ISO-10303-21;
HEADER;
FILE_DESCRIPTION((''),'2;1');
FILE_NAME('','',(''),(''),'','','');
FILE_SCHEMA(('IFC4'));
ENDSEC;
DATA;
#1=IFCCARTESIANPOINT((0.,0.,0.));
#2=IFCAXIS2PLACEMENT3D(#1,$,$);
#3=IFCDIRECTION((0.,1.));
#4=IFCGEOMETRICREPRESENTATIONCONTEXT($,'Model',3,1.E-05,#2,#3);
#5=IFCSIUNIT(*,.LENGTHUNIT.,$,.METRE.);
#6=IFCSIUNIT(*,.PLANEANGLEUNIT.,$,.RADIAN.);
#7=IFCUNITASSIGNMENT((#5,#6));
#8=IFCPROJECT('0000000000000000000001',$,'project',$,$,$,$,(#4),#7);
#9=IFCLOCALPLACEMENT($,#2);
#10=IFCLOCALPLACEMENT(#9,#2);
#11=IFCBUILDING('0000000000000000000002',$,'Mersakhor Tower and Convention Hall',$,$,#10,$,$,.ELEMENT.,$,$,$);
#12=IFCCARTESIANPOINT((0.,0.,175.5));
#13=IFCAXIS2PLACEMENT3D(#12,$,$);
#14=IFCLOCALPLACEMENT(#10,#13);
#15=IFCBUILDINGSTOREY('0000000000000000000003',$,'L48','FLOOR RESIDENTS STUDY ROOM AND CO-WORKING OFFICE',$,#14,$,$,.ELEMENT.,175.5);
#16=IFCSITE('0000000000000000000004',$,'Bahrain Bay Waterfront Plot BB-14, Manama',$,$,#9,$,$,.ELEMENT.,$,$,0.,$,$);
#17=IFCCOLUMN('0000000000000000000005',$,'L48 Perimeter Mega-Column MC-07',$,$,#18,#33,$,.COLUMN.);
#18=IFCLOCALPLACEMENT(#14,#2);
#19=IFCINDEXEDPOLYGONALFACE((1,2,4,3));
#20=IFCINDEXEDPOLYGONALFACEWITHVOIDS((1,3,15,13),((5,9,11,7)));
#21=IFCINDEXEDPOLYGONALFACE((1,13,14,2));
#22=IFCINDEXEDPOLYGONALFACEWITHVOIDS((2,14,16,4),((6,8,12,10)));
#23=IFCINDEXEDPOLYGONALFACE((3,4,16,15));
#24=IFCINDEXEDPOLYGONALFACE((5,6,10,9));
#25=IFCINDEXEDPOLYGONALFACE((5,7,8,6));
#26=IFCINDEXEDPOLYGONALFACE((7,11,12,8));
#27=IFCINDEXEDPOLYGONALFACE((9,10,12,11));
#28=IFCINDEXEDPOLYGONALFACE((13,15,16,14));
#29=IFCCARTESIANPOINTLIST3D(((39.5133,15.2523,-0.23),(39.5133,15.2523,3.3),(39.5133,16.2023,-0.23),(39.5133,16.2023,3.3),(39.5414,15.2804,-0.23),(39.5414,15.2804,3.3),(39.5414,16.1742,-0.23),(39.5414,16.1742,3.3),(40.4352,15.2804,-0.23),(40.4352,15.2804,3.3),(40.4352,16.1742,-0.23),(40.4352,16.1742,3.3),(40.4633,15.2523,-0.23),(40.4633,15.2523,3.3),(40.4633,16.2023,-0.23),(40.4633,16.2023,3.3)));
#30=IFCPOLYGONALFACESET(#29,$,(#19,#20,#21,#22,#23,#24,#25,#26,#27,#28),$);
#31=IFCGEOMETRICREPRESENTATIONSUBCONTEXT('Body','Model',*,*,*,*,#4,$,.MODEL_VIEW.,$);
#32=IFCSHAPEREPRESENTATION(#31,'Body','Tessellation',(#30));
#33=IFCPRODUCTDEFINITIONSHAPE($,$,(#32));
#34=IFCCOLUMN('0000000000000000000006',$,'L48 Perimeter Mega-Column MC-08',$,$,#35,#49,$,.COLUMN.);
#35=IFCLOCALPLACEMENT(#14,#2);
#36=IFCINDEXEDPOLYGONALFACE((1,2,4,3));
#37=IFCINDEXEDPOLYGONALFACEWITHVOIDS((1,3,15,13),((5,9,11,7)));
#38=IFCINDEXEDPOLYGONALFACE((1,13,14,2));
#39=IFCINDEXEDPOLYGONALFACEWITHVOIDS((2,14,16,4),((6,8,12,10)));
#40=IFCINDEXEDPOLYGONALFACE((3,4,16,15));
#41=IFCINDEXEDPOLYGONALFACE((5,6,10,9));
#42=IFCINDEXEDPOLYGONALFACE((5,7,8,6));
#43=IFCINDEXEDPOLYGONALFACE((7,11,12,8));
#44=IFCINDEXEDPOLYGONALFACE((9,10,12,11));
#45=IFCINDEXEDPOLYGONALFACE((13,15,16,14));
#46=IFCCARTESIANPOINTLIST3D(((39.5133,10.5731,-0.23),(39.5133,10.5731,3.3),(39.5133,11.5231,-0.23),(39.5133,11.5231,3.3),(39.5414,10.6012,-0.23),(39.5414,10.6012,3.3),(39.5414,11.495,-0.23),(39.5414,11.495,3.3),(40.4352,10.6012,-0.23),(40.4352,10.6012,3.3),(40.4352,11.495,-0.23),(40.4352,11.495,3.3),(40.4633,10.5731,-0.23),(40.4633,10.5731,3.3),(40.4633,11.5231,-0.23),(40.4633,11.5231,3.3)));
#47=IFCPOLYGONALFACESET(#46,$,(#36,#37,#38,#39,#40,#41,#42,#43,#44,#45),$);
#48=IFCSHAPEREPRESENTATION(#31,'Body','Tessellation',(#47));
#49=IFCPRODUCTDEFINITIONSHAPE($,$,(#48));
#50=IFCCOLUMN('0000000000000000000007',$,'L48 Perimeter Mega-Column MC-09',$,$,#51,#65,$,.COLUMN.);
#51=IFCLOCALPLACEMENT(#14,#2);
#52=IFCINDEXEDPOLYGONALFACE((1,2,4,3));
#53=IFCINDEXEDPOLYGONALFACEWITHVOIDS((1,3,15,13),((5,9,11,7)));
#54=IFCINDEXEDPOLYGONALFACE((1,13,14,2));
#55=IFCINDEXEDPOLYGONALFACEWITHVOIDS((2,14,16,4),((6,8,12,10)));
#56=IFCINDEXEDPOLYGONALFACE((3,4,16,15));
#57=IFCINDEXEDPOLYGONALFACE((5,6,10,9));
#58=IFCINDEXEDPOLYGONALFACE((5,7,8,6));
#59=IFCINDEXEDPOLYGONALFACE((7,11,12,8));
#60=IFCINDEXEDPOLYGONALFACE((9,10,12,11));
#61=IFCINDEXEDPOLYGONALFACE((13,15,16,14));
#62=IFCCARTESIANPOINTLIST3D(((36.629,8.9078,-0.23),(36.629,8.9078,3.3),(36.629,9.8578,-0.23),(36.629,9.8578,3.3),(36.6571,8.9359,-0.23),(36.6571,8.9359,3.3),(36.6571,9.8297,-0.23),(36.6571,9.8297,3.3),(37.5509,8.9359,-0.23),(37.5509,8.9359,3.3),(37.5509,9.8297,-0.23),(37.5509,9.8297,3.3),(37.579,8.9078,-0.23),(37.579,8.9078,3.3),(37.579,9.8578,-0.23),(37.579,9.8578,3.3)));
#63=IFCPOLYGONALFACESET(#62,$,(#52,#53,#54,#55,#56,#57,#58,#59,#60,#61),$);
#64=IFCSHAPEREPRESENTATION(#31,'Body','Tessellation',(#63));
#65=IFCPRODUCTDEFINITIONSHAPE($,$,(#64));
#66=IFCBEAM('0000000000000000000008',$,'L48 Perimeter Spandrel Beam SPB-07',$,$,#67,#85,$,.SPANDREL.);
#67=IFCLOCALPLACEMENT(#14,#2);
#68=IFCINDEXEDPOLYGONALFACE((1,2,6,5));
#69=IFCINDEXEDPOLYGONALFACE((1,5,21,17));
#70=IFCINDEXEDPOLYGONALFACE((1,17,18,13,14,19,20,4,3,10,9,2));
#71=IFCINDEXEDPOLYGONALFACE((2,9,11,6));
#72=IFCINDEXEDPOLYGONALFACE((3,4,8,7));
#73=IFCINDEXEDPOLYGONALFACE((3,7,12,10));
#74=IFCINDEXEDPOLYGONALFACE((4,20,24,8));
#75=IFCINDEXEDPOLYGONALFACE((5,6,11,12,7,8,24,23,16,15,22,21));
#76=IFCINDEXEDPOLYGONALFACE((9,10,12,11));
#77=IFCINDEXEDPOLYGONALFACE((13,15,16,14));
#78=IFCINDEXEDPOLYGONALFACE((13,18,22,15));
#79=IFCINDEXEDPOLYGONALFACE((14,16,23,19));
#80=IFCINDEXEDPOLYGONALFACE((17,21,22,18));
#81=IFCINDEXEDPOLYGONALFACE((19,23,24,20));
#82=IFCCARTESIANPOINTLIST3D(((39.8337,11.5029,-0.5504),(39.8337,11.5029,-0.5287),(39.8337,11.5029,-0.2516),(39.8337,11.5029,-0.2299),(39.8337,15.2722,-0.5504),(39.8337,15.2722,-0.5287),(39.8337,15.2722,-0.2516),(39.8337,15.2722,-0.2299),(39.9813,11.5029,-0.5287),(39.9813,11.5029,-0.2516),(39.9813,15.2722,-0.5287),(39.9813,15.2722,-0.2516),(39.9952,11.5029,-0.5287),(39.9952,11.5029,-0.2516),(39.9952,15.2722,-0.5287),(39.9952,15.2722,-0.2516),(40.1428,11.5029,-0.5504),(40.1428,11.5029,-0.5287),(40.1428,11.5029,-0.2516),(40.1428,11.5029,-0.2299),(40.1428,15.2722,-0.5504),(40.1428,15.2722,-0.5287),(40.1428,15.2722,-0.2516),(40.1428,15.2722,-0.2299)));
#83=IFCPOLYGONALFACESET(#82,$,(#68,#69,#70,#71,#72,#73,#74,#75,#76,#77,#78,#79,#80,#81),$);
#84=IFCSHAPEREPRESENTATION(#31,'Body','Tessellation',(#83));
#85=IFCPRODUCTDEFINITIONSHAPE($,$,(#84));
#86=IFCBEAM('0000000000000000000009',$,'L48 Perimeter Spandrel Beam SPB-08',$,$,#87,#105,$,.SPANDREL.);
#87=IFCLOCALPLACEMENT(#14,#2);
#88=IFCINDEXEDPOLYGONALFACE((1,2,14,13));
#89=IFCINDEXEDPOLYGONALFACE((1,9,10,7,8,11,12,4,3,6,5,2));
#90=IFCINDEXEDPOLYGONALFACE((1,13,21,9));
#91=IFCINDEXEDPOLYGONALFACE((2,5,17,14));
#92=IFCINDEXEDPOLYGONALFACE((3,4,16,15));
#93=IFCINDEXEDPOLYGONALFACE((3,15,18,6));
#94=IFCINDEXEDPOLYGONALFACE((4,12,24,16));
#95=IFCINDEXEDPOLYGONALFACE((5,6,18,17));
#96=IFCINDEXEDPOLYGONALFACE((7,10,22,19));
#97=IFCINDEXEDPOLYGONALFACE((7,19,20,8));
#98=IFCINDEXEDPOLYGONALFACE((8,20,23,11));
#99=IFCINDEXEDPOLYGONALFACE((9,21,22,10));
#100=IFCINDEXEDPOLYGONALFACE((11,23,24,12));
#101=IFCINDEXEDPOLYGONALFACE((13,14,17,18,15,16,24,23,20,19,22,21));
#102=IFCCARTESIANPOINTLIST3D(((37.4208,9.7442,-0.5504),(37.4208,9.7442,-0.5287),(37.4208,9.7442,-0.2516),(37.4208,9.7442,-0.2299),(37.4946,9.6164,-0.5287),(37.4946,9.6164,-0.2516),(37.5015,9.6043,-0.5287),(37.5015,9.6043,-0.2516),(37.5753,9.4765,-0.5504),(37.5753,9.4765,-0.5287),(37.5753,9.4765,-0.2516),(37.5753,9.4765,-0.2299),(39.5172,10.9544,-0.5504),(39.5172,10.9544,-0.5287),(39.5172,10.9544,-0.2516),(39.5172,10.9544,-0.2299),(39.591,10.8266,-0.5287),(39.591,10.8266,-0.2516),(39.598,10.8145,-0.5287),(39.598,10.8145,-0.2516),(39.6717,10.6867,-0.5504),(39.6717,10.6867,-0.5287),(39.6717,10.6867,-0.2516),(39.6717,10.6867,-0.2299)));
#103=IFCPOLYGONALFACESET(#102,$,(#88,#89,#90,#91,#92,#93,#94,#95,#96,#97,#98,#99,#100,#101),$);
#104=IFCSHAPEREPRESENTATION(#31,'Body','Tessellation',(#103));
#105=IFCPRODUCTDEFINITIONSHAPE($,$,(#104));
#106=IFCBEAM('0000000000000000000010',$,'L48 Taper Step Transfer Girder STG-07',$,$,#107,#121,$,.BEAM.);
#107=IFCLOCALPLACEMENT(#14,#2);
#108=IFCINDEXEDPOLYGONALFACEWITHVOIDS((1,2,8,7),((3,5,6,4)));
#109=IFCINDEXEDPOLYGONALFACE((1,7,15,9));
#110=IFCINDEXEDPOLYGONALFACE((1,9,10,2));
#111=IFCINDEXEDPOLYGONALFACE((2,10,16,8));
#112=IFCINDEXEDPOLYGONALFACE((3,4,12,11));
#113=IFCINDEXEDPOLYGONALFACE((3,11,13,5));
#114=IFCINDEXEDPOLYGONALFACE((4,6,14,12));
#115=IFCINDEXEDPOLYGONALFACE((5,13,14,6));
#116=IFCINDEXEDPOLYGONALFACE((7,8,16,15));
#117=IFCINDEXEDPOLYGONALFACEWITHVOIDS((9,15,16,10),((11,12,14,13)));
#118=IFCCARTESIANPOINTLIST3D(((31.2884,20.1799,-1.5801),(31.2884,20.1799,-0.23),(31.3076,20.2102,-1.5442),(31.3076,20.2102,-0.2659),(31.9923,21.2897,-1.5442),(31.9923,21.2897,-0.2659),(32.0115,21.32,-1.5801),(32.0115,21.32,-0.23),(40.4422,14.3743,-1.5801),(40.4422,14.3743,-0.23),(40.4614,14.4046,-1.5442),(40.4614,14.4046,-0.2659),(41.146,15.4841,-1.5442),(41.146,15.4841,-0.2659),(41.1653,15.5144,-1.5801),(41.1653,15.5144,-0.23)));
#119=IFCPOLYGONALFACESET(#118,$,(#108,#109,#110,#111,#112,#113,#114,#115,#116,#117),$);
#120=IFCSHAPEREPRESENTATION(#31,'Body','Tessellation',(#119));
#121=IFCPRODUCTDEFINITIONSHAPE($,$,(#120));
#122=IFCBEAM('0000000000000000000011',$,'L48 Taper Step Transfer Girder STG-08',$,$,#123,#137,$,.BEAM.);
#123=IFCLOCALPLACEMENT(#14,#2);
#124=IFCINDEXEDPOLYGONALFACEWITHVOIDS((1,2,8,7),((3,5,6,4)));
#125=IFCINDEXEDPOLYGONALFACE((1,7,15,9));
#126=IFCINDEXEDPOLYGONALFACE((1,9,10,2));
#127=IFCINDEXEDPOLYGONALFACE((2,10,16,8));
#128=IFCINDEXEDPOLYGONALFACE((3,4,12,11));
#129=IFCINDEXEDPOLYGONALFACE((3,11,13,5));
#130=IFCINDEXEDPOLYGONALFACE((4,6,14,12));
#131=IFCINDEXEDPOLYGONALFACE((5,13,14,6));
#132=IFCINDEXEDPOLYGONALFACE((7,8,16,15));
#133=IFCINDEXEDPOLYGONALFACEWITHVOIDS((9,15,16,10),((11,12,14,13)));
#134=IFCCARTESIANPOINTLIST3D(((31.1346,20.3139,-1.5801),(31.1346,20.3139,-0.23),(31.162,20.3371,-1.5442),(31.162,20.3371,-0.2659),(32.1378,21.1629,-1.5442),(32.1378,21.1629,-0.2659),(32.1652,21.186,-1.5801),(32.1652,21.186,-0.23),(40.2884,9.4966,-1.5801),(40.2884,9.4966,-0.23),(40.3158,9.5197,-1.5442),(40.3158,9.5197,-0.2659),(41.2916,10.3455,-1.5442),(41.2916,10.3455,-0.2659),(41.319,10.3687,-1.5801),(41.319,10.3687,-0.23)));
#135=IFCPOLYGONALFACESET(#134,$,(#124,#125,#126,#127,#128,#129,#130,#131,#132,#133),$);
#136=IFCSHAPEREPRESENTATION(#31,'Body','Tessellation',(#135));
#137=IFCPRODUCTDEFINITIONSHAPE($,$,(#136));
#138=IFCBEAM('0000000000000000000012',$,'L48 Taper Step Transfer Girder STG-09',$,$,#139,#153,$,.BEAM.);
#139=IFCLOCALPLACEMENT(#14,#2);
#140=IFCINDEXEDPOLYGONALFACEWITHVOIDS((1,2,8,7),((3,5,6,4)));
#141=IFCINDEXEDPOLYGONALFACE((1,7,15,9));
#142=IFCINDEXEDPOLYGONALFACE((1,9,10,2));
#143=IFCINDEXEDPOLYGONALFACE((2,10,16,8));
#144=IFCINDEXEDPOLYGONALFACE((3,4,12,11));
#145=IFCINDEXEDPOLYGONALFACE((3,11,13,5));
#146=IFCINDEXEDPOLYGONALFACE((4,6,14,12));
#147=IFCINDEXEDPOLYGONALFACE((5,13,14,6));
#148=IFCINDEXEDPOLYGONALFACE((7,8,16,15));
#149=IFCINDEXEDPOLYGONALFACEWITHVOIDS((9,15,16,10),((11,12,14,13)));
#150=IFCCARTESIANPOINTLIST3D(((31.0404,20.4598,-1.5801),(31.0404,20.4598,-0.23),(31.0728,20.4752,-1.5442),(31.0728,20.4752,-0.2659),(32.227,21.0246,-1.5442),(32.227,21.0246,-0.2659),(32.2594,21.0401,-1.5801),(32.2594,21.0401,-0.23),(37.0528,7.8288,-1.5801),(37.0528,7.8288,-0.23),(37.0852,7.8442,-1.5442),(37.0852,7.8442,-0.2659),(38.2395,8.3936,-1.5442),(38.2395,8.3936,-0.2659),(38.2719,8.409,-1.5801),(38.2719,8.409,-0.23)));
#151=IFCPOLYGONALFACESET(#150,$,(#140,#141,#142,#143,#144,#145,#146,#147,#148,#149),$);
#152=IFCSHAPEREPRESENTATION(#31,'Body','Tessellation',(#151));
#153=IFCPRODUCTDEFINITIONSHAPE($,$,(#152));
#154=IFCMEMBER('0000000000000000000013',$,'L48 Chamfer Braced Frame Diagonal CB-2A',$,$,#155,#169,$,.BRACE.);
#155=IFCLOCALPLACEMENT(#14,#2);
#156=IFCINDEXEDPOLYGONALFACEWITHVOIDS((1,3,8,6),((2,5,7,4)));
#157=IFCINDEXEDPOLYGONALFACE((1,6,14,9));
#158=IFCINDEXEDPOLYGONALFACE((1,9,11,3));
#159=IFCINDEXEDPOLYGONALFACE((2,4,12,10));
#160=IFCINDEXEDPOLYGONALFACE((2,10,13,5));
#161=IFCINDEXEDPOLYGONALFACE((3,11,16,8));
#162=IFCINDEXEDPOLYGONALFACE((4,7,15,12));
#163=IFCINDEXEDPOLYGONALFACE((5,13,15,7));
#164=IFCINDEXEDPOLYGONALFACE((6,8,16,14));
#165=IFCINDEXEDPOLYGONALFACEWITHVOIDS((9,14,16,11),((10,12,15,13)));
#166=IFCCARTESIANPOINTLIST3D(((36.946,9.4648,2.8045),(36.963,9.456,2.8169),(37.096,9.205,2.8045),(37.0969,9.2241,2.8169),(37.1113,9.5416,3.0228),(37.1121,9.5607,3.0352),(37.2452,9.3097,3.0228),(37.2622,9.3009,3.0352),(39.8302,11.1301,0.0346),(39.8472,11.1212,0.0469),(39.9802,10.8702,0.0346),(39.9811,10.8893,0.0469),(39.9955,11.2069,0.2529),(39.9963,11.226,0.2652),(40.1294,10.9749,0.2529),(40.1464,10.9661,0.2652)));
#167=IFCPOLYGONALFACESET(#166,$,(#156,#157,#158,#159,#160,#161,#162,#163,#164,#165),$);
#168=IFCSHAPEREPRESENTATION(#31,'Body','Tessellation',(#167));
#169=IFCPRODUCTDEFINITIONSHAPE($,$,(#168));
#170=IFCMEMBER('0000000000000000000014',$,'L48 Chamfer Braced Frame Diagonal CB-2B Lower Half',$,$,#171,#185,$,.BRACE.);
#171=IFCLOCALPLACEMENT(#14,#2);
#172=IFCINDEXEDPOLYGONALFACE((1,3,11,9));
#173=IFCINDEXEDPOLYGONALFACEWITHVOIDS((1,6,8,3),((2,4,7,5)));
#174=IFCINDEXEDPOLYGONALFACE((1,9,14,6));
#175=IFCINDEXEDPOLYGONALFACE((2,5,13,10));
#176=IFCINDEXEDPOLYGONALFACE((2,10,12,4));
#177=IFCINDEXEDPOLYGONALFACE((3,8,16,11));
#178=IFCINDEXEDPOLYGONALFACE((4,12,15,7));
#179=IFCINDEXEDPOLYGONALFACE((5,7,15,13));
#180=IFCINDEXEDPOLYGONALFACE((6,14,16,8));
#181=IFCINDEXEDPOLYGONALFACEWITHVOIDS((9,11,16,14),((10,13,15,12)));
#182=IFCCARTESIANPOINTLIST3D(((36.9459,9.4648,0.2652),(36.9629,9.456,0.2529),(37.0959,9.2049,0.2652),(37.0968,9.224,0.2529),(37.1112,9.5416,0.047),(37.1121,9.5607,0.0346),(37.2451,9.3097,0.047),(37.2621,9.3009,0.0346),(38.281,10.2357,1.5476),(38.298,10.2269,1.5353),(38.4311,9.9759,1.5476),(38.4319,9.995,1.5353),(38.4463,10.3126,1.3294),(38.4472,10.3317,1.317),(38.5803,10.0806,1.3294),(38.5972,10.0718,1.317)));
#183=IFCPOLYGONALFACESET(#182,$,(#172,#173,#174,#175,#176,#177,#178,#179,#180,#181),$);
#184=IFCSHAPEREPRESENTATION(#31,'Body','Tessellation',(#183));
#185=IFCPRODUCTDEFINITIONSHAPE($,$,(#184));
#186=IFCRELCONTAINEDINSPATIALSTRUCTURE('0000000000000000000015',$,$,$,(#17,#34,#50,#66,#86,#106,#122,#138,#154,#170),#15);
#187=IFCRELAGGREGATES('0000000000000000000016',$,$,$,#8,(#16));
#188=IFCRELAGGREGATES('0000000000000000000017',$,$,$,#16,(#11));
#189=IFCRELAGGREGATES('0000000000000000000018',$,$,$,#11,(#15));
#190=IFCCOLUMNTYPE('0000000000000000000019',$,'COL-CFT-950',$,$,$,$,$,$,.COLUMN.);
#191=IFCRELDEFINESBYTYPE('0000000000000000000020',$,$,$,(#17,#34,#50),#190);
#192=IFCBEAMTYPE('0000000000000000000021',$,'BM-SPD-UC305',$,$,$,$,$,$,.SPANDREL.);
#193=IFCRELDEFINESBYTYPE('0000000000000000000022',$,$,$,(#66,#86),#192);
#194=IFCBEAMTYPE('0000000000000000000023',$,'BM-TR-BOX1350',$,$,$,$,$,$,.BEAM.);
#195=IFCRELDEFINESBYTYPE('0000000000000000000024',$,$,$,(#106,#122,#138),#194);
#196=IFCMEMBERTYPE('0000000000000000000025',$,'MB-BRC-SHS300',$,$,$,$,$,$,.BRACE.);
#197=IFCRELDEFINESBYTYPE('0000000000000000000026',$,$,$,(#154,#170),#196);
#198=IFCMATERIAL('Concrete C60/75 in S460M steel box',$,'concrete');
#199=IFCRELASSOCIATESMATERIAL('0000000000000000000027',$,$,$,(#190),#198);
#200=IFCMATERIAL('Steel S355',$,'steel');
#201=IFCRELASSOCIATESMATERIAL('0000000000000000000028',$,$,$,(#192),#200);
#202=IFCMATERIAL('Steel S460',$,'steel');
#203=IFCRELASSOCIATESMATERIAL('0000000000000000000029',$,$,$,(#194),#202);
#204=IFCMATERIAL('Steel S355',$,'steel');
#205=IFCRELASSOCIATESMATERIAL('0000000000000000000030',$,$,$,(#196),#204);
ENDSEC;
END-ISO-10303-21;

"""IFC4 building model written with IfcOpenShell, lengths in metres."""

from ifc_helpers import new_model, si_unit, direction, frame, origin, origin_2d, place, context, subcontext, project, spatial, hollow_rectangle, i_section, extrude, material, material_profile, profile_set, type_object, element, save


model = new_model("IFC4")

# Units and contexts
model_context = context("Model", 3, precision=1e-05, world=origin(), true_north=direction((0.0, 1.0)))
body_context = subcontext(model_context, "Body", "Model", "MODEL_VIEW")
ifc_project = project(units=[si_unit("LENGTHUNIT", "METRE"), si_unit("PLANEANGLEUNIT", "RADIAN")], contexts=[model_context])

# Site, building, storey
site_placement = place(None, origin())
site = spatial("IfcSite", under=ifc_project, at=site_placement, Name="Bahrain Bay Waterfront Plot BB-14, Manama", CompositionType="ELEMENT", RefElevation=0.0)
building_placement = place(site_placement, origin())
building = spatial("IfcBuilding", under=site, at=building_placement, Name="Mersakhor Tower and Convention Hall", CompositionType="ELEMENT")
storey_placement = place(building_placement, frame((0.0, 0.0, 175.5)))
storey = spatial("IfcBuildingStorey", under=building, at=storey_placement, Name="L48", Description="FLOOR RESIDENTS STUDY ROOM AND CO-WORKING OFFICE", CompositionType="ELEMENT", Elevation=175.5)

# Columns
ifc_material_1 = material(Name="Concrete C60/75 in S460M steel box", Category="concrete")
ifc_material_profile_1 = material_profile(ifc_material_1, hollow_rectangle(XDim=0.95, YDim=0.95, WallThickness=0.0281, at=origin_2d()), Name="SHS 950x950x28")
ifc_profile_set_1 = profile_set([ifc_material_profile_1], Name="Concrete C60/75 in S460M steel box")
column_type = type_object("IfcColumnType", Name="COL-CFT-950", PredefinedType="COLUMN", material=ifc_profile_set_1)
for number, where, z_axis, x_axis, name in (
    (1, (39.9883, 15.7273, -0.23), (0.0, 0.0, 1.0), (1.0, 0.0, 0.0), "L48 Perimeter Mega-Column MC-07"),
    (2, (39.9883, 11.0481, -0.23), (0.0, 0.0, 1.0), (1.0, 0.0, 0.0), "L48 Perimeter Mega-Column MC-08"),
    (3, (37.104, 9.3828, -0.23), (0.0, 0.0, 1.0), (1.0, 0.0, 0.0), "L48 Perimeter Mega-Column MC-09"),
):
    element("IfcColumn", number, at=place(storey_placement, frame(where, z_axis=z_axis, x_axis=x_axis)), inside=storey, type_object=column_type, Name=name, PredefinedType="COLUMN", context=body_context, shape_type="SweptSolid", body=[
        extrude(hollow_rectangle(XDim=0.95, YDim=0.95, WallThickness=0.0281, at=origin_2d()), origin(), (0.0, 0.0, 1.0), 3.53),
    ])

# Beams
ifc_material_2 = material(Name="Steel S355", Category="steel")
ifc_material_profile_2 = material_profile(ifc_material_2, i_section(OverallWidth=0.3091, OverallDepth=0.3206, WebThickness=0.0139, FlangeThickness=0.0217, at=origin_2d()), Name="UC 305x305x137")
ifc_profile_set_2 = profile_set([ifc_material_profile_2], Name="Steel S355")
beam_type_1 = type_object("IfcBeamType", Name="BM-SPD-UC305", PredefinedType="SPANDREL", material=ifc_profile_set_2)
beam_1_placement = place(storey_placement, frame((39.9883, 15.2722, -0.3901), z_axis=(0.0, -1.0, 0.0), x_axis=(1.0, 0.0, 0.0)))
element("IfcBeam", 4, at=beam_1_placement, inside=storey, type_object=beam_type_1, Name="L48 Perimeter Spandrel Beam SPB-07", PredefinedType="SPANDREL", context=body_context, shape_type="SweptSolid", body=[
    extrude(i_section(OverallWidth=0.3091, OverallDepth=0.3206, WebThickness=0.0139, FlangeThickness=0.0217, at=origin_2d()), origin(), (0.0, 0.0, 1.0), 3.7693),
])
beam_2_placement = place(storey_placement, frame((39.5945, 10.8206, -0.3901), z_axis=(-0.866056, -0.499947, 0.0), x_axis=(0.499947, -0.866056, 0.0)))
element("IfcBeam", 5, at=beam_2_placement, inside=storey, type_object=beam_type_1, Name="L48 Perimeter Spandrel Beam SPB-08", PredefinedType="SPANDREL", context=body_context, shape_type="SweptSolid", body=[
    extrude(i_section(OverallWidth=0.3091, OverallDepth=0.3206, WebThickness=0.0139, FlangeThickness=0.0217, at=origin_2d()), origin(), (0.0, 0.0, 1.0), 2.4207),
])
ifc_material_3 = material(Name="Steel S460", Category="steel")
ifc_material_profile_3 = material_profile(ifc_material_3, hollow_rectangle(XDim=1.3501, YDim=1.3501, WallThickness=0.0359, at=origin_2d()), Name="SHS 1350x1350x36")
ifc_profile_set_3 = profile_set([ifc_material_profile_3], Name="Steel S460")
beam_type_2 = type_object("IfcBeamType", Name="BM-TR-BOX1350", PredefinedType="BEAM", material=ifc_profile_set_3)
beam_3_placement = place(storey_placement, frame((40.8037, 14.9443, -0.905), z_axis=(-0.844475, 0.535595, 0.0), x_axis=(-0.535595, -0.844475, 0.0)))
element("IfcBeam", 6, at=beam_3_placement, inside=storey, type_object=beam_type_2, Name="L48 Taper Step Transfer Girder STG-07", PredefinedType="BEAM", context=body_context, shape_type="SweptSolid", body=[
    extrude(hollow_rectangle(XDim=1.3501, YDim=1.3501, WallThickness=0.0359, at=origin_2d()), origin(), (0.0, 0.0, 1.0), 10.8396),
])
beam_4_placement = place(storey_placement, frame((40.8037, 9.9326, -0.905), z_axis=(-0.645968, 0.763364, 0.0), x_axis=(-0.763364, -0.645968, 0.0)))
element("IfcBeam", 7, at=beam_4_placement, inside=storey, type_object=beam_type_2, Name="L48 Taper Step Transfer Girder STG-08", PredefinedType="BEAM", context=body_context, shape_type="SweptSolid", body=[
    extrude(hollow_rectangle(XDim=1.3501, YDim=1.3501, WallThickness=0.0359, at=origin_2d()), origin(), (0.0, 0.0, 1.0), 14.1707),
])
beam_5_placement = place(storey_placement, frame((37.6624, 8.1189, -0.905), z_axis=(-0.429796, 0.902926, 0.0), x_axis=(-0.902926, -0.429796, 0.0)))
element("IfcBeam", 8, at=beam_5_placement, inside=storey, type_object=beam_type_2, Name="L48 Taper Step Transfer Girder STG-09", PredefinedType="BEAM", context=body_context, shape_type="SweptSolid", body=[
    extrude(hollow_rectangle(XDim=1.3501, YDim=1.3501, WallThickness=0.0359, at=origin_2d()), origin(), (0.0, 0.0, 1.0), 13.989),
])

# Members
ifc_material_4 = material(Name="Steel S355", Category="steel")
ifc_material_profile_4 = material_profile(ifc_material_4, hollow_rectangle(XDim=0.3, YDim=0.3, WallThickness=0.0161, at=origin_2d()), Name="SHS 300x300x16")
ifc_profile_set_4 = profile_set([ifc_material_profile_4], Name="Steel S355")
member_type = type_object("IfcMemberType", Name="MB-BRC-SHS300", PredefinedType="BRACE", material=ifc_profile_set_4)
member_1_placement = place(storey_placement, frame((39.9883, 11.0481, 0.1499), z_axis=(-0.665825, -0.384425, 0.639449), x_axis=(0.50001, -0.86602, 0.0)))
element("IfcMember", 9, at=member_1_placement, inside=storey, type_object=member_type, Name="L48 Chamfer Braced Frame Diagonal CB-2A", PredefinedType="BRACE", context=body_context, shape_type="SweptSolid", body=[
    extrude(hollow_rectangle(XDim=0.3, YDim=0.3, WallThickness=0.0161, at=origin_2d()), origin(), (0.0, 0.0, 1.0), 4.3318),
])
member_2_placement = place(storey_placement, frame((37.104, 9.3828, 0.1499), z_axis=(0.665779, 0.384445, 0.639484), x_axis=(-0.500056, 0.865993, 0.0)))
element("IfcMember", 10, at=member_2_placement, inside=storey, type_object=member_type, Name="L48 Chamfer Braced Frame Diagonal CB-2B Lower Half", PredefinedType="BRACE", context=body_context, shape_type="SweptSolid", body=[
    extrude(hollow_rectangle(XDim=0.3, YDim=0.3, WallThickness=0.0161, at=origin_2d()), origin(), (0.0, 0.0, 1.0), 2.0054),
])

save(model, "model.ifc")
